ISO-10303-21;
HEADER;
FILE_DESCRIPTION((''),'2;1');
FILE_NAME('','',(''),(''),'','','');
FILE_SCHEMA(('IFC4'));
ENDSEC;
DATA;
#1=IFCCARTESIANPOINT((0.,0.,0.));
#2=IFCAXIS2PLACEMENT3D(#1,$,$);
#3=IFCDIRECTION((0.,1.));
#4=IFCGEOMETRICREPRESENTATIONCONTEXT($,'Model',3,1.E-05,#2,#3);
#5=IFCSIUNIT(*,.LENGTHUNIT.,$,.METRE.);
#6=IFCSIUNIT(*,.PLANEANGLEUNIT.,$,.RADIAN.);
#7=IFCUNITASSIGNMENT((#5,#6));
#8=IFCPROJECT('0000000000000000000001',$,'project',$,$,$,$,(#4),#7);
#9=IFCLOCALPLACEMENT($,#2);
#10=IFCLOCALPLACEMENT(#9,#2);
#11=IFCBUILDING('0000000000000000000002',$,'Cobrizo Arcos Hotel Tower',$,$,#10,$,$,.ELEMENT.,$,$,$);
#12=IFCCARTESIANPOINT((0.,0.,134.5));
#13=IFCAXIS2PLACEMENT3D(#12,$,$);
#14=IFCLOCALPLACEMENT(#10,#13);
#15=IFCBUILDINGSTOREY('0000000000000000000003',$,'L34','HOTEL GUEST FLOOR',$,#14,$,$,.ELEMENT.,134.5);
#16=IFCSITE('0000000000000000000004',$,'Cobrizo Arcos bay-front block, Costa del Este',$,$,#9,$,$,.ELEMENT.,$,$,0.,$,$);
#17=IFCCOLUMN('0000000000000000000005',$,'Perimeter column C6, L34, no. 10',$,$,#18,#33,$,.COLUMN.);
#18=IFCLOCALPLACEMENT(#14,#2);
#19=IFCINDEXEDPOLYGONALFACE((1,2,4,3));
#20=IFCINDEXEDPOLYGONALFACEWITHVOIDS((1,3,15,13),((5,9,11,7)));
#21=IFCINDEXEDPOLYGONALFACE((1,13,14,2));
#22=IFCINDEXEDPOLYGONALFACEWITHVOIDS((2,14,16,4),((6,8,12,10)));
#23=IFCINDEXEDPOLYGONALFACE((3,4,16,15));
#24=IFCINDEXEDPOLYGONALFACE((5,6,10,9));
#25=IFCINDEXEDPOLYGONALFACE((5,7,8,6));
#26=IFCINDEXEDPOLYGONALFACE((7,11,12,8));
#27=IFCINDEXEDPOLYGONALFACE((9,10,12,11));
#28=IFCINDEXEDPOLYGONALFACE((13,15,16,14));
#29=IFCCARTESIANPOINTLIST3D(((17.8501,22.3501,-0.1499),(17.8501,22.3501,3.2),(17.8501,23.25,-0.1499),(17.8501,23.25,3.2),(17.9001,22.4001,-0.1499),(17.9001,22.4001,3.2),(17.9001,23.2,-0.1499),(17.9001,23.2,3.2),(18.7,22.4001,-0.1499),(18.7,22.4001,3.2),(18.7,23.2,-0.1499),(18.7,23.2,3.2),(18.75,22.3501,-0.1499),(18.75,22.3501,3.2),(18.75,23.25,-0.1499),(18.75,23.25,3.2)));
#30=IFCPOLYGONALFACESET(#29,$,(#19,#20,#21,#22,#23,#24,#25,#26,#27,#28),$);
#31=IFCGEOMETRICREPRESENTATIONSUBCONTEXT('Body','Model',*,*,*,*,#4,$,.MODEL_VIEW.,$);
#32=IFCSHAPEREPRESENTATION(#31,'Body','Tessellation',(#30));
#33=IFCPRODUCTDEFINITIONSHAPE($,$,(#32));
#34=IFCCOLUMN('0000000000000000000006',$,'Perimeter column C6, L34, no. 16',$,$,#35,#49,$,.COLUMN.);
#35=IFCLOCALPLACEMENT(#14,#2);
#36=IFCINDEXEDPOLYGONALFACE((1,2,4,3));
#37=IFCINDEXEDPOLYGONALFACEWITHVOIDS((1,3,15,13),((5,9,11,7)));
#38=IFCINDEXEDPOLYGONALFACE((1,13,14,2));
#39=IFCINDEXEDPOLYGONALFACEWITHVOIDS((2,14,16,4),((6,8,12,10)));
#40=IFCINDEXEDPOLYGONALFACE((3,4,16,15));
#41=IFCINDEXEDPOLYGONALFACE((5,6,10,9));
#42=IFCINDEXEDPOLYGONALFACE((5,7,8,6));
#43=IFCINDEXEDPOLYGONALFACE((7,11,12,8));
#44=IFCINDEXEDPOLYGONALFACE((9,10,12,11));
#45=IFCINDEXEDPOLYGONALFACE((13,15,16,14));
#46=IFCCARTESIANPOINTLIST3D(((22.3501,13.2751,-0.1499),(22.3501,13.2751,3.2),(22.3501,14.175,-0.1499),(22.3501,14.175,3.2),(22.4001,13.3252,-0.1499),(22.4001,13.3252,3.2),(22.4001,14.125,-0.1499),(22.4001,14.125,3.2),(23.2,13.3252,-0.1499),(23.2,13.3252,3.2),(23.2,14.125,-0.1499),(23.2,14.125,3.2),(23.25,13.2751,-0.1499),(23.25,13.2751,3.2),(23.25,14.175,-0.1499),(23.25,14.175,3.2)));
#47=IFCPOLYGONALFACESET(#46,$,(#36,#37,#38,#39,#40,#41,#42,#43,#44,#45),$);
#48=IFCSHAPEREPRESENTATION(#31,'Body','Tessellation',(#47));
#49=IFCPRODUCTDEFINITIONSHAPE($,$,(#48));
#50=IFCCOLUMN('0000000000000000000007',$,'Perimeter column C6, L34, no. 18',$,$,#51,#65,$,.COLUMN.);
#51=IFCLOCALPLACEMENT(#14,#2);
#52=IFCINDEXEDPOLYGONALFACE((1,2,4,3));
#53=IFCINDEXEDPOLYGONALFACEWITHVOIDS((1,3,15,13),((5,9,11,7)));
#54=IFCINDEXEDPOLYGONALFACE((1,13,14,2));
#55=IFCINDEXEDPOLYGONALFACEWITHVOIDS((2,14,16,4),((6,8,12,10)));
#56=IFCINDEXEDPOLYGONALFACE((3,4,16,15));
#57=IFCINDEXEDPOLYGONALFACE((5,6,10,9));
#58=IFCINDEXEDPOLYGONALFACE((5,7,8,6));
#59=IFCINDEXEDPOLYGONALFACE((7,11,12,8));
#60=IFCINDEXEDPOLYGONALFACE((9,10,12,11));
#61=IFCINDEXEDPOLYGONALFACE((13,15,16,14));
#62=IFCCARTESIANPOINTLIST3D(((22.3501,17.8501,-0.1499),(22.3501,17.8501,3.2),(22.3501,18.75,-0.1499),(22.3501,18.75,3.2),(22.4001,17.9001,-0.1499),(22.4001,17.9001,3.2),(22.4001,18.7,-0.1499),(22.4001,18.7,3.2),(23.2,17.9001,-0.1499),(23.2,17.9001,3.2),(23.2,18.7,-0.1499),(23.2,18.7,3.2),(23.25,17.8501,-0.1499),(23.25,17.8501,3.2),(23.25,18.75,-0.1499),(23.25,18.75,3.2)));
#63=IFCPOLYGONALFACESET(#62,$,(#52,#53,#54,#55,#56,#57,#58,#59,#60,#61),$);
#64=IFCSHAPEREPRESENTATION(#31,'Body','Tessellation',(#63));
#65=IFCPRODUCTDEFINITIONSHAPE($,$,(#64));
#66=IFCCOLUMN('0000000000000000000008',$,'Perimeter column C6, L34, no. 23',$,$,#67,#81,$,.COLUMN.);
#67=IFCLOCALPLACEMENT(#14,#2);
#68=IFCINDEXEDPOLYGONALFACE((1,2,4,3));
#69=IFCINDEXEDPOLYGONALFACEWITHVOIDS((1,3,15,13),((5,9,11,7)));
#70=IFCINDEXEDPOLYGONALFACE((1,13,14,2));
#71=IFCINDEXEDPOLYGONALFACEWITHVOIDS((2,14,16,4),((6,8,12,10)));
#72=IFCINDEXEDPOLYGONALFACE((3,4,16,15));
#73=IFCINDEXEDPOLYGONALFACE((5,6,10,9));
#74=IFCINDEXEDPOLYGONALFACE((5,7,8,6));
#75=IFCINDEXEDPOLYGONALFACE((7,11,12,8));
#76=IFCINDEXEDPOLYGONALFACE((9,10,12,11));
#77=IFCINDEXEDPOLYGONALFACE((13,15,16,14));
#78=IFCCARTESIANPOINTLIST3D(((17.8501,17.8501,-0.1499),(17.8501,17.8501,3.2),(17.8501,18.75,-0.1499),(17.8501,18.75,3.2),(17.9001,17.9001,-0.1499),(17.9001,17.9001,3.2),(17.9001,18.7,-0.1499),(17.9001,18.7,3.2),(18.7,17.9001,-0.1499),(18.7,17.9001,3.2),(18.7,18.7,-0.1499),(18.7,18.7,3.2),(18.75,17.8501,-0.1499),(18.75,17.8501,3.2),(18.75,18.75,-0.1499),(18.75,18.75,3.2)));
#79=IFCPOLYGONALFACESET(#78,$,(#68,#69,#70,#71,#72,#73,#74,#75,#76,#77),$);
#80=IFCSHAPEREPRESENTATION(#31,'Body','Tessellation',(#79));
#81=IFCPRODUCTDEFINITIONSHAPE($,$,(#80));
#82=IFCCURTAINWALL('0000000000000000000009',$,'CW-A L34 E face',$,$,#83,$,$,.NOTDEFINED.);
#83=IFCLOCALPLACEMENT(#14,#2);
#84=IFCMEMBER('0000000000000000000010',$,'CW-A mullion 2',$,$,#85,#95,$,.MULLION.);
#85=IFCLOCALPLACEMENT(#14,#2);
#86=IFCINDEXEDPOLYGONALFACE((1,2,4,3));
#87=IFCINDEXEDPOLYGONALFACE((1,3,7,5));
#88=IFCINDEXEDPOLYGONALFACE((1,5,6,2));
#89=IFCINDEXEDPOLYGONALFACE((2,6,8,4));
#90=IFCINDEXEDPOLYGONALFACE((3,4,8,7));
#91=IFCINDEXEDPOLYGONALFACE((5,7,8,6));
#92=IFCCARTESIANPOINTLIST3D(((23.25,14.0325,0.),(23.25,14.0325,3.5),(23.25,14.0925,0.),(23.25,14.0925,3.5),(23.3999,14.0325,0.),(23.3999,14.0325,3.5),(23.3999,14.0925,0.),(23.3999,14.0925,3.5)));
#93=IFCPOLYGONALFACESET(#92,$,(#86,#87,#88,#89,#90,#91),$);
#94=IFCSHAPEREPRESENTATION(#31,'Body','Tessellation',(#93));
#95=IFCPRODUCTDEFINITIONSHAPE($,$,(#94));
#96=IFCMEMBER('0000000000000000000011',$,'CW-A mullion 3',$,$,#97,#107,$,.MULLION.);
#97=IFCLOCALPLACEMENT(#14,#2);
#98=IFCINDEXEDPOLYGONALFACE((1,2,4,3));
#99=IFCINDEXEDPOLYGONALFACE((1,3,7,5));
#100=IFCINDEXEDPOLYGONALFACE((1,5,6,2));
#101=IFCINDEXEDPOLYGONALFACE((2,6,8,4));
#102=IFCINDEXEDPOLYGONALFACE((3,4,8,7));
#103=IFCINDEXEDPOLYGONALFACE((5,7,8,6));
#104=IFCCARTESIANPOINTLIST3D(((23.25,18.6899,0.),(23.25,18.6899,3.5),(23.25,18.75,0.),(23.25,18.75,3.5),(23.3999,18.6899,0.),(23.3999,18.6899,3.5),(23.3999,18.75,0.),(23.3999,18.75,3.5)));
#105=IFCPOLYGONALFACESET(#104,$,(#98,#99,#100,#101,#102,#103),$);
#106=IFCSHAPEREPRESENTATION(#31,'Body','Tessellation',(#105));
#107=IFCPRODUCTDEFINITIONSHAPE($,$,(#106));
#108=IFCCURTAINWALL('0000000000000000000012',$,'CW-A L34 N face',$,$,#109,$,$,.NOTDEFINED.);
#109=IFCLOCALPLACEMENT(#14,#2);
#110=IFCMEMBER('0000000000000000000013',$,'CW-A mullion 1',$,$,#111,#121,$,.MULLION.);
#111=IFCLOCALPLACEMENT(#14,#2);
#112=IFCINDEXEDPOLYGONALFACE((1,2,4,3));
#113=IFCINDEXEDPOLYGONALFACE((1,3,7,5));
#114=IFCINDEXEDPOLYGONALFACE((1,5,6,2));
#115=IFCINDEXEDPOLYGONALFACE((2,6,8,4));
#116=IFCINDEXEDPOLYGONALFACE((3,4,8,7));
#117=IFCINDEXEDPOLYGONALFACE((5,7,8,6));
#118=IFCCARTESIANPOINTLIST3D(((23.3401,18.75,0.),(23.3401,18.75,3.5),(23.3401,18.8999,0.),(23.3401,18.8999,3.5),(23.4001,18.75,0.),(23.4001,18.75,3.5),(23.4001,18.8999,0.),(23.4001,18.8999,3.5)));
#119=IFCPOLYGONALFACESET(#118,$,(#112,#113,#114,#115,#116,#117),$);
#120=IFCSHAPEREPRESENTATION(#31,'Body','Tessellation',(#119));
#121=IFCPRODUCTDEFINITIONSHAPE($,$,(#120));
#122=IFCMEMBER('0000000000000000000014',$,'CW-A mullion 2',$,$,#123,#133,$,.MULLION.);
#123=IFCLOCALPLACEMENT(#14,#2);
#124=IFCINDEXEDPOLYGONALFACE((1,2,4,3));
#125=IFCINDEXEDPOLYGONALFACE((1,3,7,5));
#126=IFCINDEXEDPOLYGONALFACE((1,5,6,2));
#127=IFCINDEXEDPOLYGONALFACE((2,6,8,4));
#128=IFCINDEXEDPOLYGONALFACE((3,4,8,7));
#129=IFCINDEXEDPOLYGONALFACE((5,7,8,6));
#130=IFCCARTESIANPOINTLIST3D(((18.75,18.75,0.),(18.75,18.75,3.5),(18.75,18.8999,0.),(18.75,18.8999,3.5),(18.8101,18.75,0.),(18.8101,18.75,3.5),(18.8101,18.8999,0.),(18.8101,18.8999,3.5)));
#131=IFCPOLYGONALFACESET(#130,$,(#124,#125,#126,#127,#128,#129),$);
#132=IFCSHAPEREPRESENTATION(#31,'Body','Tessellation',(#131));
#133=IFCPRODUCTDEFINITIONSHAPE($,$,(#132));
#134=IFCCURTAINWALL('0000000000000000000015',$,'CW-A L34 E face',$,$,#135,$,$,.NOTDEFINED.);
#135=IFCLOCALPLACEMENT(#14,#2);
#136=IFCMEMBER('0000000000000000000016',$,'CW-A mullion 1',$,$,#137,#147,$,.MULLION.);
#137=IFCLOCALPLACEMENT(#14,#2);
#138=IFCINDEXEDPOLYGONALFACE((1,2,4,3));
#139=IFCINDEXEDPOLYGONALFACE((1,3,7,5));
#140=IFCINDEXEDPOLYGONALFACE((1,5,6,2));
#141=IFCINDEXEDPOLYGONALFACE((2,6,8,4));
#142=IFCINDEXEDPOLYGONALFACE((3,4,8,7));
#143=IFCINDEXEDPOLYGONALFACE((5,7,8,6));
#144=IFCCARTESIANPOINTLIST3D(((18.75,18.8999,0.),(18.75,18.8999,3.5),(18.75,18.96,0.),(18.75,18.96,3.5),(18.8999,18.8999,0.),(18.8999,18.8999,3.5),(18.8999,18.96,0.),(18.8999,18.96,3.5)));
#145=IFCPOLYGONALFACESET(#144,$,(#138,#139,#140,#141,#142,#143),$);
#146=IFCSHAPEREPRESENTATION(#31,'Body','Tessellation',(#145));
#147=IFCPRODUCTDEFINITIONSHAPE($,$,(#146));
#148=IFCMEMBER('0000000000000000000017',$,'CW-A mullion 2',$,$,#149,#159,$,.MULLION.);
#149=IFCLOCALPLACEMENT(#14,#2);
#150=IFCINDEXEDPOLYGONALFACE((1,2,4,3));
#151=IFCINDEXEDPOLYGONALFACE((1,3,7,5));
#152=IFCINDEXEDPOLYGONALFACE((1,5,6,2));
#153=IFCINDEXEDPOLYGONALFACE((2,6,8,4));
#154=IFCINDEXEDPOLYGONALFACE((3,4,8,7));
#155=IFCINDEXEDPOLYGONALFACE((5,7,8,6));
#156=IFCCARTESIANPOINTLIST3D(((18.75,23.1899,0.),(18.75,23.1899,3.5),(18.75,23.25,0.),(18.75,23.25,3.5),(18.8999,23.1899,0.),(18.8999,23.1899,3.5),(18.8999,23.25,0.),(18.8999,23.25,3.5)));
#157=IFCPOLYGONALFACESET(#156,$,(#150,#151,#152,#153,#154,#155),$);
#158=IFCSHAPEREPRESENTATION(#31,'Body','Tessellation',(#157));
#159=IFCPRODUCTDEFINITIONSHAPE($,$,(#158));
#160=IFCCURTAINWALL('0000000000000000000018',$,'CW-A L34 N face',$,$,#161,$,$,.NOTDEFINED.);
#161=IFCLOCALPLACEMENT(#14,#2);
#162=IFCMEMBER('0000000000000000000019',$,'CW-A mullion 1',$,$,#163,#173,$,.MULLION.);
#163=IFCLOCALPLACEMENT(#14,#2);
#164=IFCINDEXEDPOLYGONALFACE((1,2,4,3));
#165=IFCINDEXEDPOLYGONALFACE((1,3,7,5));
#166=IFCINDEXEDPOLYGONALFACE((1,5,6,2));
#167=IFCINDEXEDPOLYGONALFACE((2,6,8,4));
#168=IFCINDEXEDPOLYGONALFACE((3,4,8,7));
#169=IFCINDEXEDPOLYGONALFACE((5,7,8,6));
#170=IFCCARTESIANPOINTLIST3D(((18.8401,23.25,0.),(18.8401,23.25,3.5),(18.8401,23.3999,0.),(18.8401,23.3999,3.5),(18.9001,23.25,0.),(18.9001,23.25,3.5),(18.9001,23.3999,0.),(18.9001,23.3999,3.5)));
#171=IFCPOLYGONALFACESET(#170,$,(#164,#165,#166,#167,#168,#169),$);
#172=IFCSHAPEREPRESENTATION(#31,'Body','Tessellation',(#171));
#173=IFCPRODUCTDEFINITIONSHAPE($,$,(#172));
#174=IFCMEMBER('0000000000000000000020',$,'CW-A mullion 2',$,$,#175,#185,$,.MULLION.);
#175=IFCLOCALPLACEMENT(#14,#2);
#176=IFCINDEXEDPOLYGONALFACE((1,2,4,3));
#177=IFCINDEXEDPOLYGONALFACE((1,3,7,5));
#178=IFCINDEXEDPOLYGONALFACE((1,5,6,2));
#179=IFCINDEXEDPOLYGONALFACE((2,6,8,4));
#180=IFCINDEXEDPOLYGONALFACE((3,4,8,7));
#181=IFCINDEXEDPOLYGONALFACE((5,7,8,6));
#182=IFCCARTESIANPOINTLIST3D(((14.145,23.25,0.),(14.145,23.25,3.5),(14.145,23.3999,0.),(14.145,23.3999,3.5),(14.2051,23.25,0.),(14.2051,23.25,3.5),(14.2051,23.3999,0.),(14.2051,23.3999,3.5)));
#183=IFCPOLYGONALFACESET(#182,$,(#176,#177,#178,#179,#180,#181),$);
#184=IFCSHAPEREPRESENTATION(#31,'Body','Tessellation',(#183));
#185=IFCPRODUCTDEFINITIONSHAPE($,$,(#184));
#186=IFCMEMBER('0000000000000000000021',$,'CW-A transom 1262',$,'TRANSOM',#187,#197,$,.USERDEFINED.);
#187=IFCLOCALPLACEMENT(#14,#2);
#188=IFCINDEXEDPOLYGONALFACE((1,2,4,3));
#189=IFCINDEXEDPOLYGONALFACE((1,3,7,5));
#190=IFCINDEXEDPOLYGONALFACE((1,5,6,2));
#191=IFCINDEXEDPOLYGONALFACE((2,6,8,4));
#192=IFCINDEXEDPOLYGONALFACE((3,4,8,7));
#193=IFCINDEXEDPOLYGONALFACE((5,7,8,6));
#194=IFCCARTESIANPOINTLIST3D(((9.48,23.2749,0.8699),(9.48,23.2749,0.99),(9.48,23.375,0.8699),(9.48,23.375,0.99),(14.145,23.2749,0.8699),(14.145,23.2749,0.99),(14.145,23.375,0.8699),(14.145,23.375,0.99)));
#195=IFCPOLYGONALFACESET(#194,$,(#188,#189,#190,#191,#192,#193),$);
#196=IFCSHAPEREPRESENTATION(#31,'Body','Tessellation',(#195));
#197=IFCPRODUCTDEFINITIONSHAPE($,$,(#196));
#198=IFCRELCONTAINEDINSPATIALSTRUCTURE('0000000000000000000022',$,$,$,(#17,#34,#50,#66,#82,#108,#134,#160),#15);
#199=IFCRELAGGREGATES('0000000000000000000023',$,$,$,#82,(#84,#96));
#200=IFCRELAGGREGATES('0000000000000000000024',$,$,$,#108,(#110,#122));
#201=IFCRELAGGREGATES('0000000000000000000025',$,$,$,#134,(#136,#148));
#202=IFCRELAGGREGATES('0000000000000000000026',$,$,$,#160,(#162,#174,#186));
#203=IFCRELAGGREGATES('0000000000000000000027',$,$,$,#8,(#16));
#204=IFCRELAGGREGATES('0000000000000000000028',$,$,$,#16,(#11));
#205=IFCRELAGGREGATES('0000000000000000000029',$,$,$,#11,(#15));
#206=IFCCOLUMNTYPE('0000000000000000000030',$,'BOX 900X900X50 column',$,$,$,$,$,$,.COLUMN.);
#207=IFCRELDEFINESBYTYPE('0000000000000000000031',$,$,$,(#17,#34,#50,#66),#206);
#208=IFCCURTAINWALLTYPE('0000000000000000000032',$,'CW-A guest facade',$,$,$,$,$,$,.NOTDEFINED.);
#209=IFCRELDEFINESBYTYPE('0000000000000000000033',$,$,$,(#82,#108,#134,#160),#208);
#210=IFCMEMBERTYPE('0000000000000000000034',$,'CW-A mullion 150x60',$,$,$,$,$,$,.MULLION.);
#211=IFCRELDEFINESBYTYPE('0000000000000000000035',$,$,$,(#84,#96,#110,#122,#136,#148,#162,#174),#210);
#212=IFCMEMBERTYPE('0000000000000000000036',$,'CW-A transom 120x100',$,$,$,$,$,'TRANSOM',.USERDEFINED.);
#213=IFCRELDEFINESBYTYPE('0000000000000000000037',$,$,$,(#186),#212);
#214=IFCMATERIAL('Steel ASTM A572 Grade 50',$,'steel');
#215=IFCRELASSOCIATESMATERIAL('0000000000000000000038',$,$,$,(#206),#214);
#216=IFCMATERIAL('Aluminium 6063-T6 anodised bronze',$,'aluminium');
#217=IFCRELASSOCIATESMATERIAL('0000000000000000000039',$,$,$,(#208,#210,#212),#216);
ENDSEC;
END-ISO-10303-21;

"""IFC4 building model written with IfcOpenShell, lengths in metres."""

from ifc_helpers import new_model, si_unit, direction, frame, origin, origin_2d, place, context, subcontext, project, spatial, rectangle, hollow_rectangle, extrude, material, material_profile, profile_set, type_object, element, aggregate, save


model = new_model("IFC4")

# Units and contexts
model_context = context("Model", 3, precision=1e-05, world=origin(), true_north=direction((0.0, 1.0)))
body_context = subcontext(model_context, "Body", "Model", "MODEL_VIEW")
ifc_project = project(units=[si_unit("LENGTHUNIT", "METRE"), si_unit("PLANEANGLEUNIT", "RADIAN")], contexts=[model_context])

# Site, building, storey
site_placement = place(None, origin())
site = spatial("IfcSite", under=ifc_project, at=site_placement, Name="Cobrizo Arcos bay-front block, Costa del Este", CompositionType="ELEMENT", RefElevation=0.0)
building_placement = place(site_placement, origin())
building = spatial("IfcBuilding", under=site, at=building_placement, Name="Cobrizo Arcos Hotel Tower", CompositionType="ELEMENT")
storey_placement = place(building_placement, frame((0.0, 0.0, 134.5)))
storey = spatial("IfcBuildingStorey", under=building, at=storey_placement, Name="L34", Description="HOTEL GUEST FLOOR", CompositionType="ELEMENT", Elevation=134.5)

# Columns
ifc_material_1 = material(Name="Steel ASTM A572 Grade 50", Category="steel")
ifc_material_profile_1 = material_profile(ifc_material_1, hollow_rectangle(XDim=0.8999, YDim=0.8999, WallThickness=0.05, at=origin_2d()), Name="BOX 900X900X50")
ifc_profile_set_1 = profile_set([ifc_material_profile_1], Name="Steel ASTM A572 Grade 50")
column_type = type_object("IfcColumnType", Name="BOX 900X900X50 column", PredefinedType="COLUMN", material=ifc_profile_set_1)
for number, where, z_axis, x_axis, name in (
    (1, (18.3, 22.8, -0.1499), (0.0, 0.0, 1.0), (1.0, 0.0, 0.0), "Perimeter column C6, L34, no. 10"),
    (2, (22.8, 13.7251, -0.1499), (0.0, 0.0, 1.0), (1.0, 0.0, 0.0), "Perimeter column C6, L34, no. 16"),
    (3, (22.8, 18.3, -0.1499), (0.0, 0.0, 1.0), (1.0, 0.0, 0.0), "Perimeter column C6, L34, no. 18"),
    (4, (18.3, 18.3, -0.1499), (0.0, 0.0, 1.0), (1.0, 0.0, 0.0), "Perimeter column C6, L34, no. 23"),
):
    element("IfcColumn", number, at=place(storey_placement, frame(where, z_axis=z_axis, x_axis=x_axis)), inside=storey, type_object=column_type, Name=name, PredefinedType="COLUMN", context=body_context, shape_type="SweptSolid", body=[
        extrude(hollow_rectangle(XDim=0.8999, YDim=0.8999, WallThickness=0.05, at=origin_2d()), origin(), (0.0, 0.0, 1.0), 3.3499),
    ])

# Curtain walls, members
ifc_material_2 = material(Name="Aluminium 6063-T6 anodised bronze", Category="aluminium")
curtain_wall_type = type_object("IfcCurtainWallType", Name="CW-A guest facade", PredefinedType="NOTDEFINED", material=ifc_material_2)
curtain_wall_1_placement = place(storey_placement, origin())
curtain_wall_1 = element("IfcCurtainWall", 5, at=curtain_wall_1_placement, inside=storey, type_object=curtain_wall_type, Name="CW-A L34 E face", PredefinedType="NOTDEFINED")
ifc_material_profile_2 = material_profile(ifc_material_2, rectangle(XDim=0.1499, YDim=0.0601, at=origin_2d()), Name="CW-A mullion 150x60")
ifc_profile_set_2 = profile_set([ifc_material_profile_2], Name="Aluminium 6063-T6 anodised bronze")
member_type_1 = type_object("IfcMemberType", Name="CW-A mullion 150x60", PredefinedType="MULLION", material=ifc_profile_set_2)
member_1_placement = place(storey_placement, frame((23.325, 14.0625, 0.0), z_axis=(0.0, 0.0, 1.0), x_axis=(1.0, 0.0, 0.0)))
member_1 = element("IfcMember", 6, at=member_1_placement, type_object=member_type_1, Name="CW-A mullion 2", PredefinedType="MULLION", context=body_context, shape_type="SweptSolid", body=[
    extrude(rectangle(XDim=0.1499, YDim=0.0601, at=origin_2d()), origin(), (0.0, 0.0, 1.0), 3.5),
])
member_2_placement = place(storey_placement, frame((23.325, 18.72, 0.0), z_axis=(0.0, 0.0, 1.0), x_axis=(1.0, 0.0, 0.0)))
member_2 = element("IfcMember", 7, at=member_2_placement, type_object=member_type_1, Name="CW-A mullion 3", PredefinedType="MULLION", context=body_context, shape_type="SweptSolid", body=[
    extrude(rectangle(XDim=0.1499, YDim=0.0601, at=origin_2d()), origin(), (0.0, 0.0, 1.0), 3.5),
])
curtain_wall_2_placement = place(storey_placement, origin())
curtain_wall_2 = element("IfcCurtainWall", 8, at=curtain_wall_2_placement, inside=storey, type_object=curtain_wall_type, Name="CW-A L34 N face", PredefinedType="NOTDEFINED")
member_3_placement = place(storey_placement, frame((23.3701, 18.825, 0.0), z_axis=(0.0, 0.0, 1.0), x_axis=(0.0, 1.0, 0.0)))
member_3 = element("IfcMember", 9, at=member_3_placement, type_object=member_type_1, Name="CW-A mullion 1", PredefinedType="MULLION", context=body_context, shape_type="SweptSolid", body=[
    extrude(rectangle(XDim=0.1499, YDim=0.0601, at=origin_2d()), origin(), (0.0, 0.0, 1.0), 3.5),
])
member_4_placement = place(storey_placement, frame((18.78, 18.825, 0.0), z_axis=(0.0, 0.0, 1.0), x_axis=(0.0, 1.0, 0.0)))
member_4 = element("IfcMember", 10, at=member_4_placement, type_object=member_type_1, Name="CW-A mullion 2", PredefinedType="MULLION", context=body_context, shape_type="SweptSolid", body=[
    extrude(rectangle(XDim=0.1499, YDim=0.0601, at=origin_2d()), origin(), (0.0, 0.0, 1.0), 3.5),
])
curtain_wall_3_placement = place(storey_placement, origin())
curtain_wall_3 = element("IfcCurtainWall", 11, at=curtain_wall_3_placement, inside=storey, type_object=curtain_wall_type, Name="CW-A L34 E face", PredefinedType="NOTDEFINED")
member_5_placement = place(storey_placement, frame((18.825, 18.9299, 0.0), z_axis=(0.0, 0.0, 1.0), x_axis=(1.0, 0.0, 0.0)))
member_5 = element("IfcMember", 12, at=member_5_placement, type_object=member_type_1, Name="CW-A mullion 1", PredefinedType="MULLION", context=body_context, shape_type="SweptSolid", body=[
    extrude(rectangle(XDim=0.1499, YDim=0.0601, at=origin_2d()), origin(), (0.0, 0.0, 1.0), 3.5),
])
member_6_placement = place(storey_placement, frame((18.825, 23.22, 0.0), z_axis=(0.0, 0.0, 1.0), x_axis=(1.0, 0.0, 0.0)))
member_6 = element("IfcMember", 13, at=member_6_placement, type_object=member_type_1, Name="CW-A mullion 2", PredefinedType="MULLION", context=body_context, shape_type="SweptSolid", body=[
    extrude(rectangle(XDim=0.1499, YDim=0.0601, at=origin_2d()), origin(), (0.0, 0.0, 1.0), 3.5),
])
curtain_wall_4_placement = place(storey_placement, origin())
curtain_wall_4 = element("IfcCurtainWall", 14, at=curtain_wall_4_placement, inside=storey, type_object=curtain_wall_type, Name="CW-A L34 N face", PredefinedType="NOTDEFINED")
member_7_placement = place(storey_placement, frame((18.8701, 23.325, 0.0), z_axis=(0.0, 0.0, 1.0), x_axis=(0.0, 1.0, 0.0)))
member_7 = element("IfcMember", 15, at=member_7_placement, type_object=member_type_1, Name="CW-A mullion 1", PredefinedType="MULLION", context=body_context, shape_type="SweptSolid", body=[
    extrude(rectangle(XDim=0.1499, YDim=0.0601, at=origin_2d()), origin(), (0.0, 0.0, 1.0), 3.5),
])
member_8_placement = place(storey_placement, frame((14.175, 23.325, 0.0), z_axis=(0.0, 0.0, 1.0), x_axis=(0.0, 1.0, 0.0)))
member_8 = element("IfcMember", 16, at=member_8_placement, type_object=member_type_1, Name="CW-A mullion 2", PredefinedType="MULLION", context=body_context, shape_type="SweptSolid", body=[
    extrude(rectangle(XDim=0.1499, YDim=0.0601, at=origin_2d()), origin(), (0.0, 0.0, 1.0), 3.5),
])
ifc_material_profile_3 = material_profile(ifc_material_2, rectangle(XDim=0.1001, YDim=0.1201, at=origin_2d()), Name="CW-A transom 120x100")
ifc_profile_set_3 = profile_set([ifc_material_profile_3], Name="Aluminium 6063-T6 anodised bronze")
member_type_2 = type_object("IfcMemberType", Name="CW-A transom 120x100", ElementType="TRANSOM", PredefinedType="USERDEFINED", material=ifc_profile_set_3)
member_9_placement = place(storey_placement, frame((14.145, 23.325, 0.9299), z_axis=(-1.0, 0.0, 0.0), x_axis=(0.0, -1.0, 0.0)))
member_9 = element("IfcMember", 17, at=member_9_placement, type_object=member_type_2, Name="CW-A transom 1262", ObjectType="TRANSOM", PredefinedType="USERDEFINED", context=body_context, shape_type="SweptSolid", body=[
    extrude(rectangle(XDim=0.1001, YDim=0.1201, at=origin_2d()), origin(), (0.0, 0.0, 1.0), 4.665),
])

aggregate(curtain_wall_1, [member_1, member_2])
aggregate(curtain_wall_2, [member_3, member_4])
aggregate(curtain_wall_3, [member_5, member_6])
aggregate(curtain_wall_4, [member_7, member_8, member_9])

save(model, "model.ifc")
